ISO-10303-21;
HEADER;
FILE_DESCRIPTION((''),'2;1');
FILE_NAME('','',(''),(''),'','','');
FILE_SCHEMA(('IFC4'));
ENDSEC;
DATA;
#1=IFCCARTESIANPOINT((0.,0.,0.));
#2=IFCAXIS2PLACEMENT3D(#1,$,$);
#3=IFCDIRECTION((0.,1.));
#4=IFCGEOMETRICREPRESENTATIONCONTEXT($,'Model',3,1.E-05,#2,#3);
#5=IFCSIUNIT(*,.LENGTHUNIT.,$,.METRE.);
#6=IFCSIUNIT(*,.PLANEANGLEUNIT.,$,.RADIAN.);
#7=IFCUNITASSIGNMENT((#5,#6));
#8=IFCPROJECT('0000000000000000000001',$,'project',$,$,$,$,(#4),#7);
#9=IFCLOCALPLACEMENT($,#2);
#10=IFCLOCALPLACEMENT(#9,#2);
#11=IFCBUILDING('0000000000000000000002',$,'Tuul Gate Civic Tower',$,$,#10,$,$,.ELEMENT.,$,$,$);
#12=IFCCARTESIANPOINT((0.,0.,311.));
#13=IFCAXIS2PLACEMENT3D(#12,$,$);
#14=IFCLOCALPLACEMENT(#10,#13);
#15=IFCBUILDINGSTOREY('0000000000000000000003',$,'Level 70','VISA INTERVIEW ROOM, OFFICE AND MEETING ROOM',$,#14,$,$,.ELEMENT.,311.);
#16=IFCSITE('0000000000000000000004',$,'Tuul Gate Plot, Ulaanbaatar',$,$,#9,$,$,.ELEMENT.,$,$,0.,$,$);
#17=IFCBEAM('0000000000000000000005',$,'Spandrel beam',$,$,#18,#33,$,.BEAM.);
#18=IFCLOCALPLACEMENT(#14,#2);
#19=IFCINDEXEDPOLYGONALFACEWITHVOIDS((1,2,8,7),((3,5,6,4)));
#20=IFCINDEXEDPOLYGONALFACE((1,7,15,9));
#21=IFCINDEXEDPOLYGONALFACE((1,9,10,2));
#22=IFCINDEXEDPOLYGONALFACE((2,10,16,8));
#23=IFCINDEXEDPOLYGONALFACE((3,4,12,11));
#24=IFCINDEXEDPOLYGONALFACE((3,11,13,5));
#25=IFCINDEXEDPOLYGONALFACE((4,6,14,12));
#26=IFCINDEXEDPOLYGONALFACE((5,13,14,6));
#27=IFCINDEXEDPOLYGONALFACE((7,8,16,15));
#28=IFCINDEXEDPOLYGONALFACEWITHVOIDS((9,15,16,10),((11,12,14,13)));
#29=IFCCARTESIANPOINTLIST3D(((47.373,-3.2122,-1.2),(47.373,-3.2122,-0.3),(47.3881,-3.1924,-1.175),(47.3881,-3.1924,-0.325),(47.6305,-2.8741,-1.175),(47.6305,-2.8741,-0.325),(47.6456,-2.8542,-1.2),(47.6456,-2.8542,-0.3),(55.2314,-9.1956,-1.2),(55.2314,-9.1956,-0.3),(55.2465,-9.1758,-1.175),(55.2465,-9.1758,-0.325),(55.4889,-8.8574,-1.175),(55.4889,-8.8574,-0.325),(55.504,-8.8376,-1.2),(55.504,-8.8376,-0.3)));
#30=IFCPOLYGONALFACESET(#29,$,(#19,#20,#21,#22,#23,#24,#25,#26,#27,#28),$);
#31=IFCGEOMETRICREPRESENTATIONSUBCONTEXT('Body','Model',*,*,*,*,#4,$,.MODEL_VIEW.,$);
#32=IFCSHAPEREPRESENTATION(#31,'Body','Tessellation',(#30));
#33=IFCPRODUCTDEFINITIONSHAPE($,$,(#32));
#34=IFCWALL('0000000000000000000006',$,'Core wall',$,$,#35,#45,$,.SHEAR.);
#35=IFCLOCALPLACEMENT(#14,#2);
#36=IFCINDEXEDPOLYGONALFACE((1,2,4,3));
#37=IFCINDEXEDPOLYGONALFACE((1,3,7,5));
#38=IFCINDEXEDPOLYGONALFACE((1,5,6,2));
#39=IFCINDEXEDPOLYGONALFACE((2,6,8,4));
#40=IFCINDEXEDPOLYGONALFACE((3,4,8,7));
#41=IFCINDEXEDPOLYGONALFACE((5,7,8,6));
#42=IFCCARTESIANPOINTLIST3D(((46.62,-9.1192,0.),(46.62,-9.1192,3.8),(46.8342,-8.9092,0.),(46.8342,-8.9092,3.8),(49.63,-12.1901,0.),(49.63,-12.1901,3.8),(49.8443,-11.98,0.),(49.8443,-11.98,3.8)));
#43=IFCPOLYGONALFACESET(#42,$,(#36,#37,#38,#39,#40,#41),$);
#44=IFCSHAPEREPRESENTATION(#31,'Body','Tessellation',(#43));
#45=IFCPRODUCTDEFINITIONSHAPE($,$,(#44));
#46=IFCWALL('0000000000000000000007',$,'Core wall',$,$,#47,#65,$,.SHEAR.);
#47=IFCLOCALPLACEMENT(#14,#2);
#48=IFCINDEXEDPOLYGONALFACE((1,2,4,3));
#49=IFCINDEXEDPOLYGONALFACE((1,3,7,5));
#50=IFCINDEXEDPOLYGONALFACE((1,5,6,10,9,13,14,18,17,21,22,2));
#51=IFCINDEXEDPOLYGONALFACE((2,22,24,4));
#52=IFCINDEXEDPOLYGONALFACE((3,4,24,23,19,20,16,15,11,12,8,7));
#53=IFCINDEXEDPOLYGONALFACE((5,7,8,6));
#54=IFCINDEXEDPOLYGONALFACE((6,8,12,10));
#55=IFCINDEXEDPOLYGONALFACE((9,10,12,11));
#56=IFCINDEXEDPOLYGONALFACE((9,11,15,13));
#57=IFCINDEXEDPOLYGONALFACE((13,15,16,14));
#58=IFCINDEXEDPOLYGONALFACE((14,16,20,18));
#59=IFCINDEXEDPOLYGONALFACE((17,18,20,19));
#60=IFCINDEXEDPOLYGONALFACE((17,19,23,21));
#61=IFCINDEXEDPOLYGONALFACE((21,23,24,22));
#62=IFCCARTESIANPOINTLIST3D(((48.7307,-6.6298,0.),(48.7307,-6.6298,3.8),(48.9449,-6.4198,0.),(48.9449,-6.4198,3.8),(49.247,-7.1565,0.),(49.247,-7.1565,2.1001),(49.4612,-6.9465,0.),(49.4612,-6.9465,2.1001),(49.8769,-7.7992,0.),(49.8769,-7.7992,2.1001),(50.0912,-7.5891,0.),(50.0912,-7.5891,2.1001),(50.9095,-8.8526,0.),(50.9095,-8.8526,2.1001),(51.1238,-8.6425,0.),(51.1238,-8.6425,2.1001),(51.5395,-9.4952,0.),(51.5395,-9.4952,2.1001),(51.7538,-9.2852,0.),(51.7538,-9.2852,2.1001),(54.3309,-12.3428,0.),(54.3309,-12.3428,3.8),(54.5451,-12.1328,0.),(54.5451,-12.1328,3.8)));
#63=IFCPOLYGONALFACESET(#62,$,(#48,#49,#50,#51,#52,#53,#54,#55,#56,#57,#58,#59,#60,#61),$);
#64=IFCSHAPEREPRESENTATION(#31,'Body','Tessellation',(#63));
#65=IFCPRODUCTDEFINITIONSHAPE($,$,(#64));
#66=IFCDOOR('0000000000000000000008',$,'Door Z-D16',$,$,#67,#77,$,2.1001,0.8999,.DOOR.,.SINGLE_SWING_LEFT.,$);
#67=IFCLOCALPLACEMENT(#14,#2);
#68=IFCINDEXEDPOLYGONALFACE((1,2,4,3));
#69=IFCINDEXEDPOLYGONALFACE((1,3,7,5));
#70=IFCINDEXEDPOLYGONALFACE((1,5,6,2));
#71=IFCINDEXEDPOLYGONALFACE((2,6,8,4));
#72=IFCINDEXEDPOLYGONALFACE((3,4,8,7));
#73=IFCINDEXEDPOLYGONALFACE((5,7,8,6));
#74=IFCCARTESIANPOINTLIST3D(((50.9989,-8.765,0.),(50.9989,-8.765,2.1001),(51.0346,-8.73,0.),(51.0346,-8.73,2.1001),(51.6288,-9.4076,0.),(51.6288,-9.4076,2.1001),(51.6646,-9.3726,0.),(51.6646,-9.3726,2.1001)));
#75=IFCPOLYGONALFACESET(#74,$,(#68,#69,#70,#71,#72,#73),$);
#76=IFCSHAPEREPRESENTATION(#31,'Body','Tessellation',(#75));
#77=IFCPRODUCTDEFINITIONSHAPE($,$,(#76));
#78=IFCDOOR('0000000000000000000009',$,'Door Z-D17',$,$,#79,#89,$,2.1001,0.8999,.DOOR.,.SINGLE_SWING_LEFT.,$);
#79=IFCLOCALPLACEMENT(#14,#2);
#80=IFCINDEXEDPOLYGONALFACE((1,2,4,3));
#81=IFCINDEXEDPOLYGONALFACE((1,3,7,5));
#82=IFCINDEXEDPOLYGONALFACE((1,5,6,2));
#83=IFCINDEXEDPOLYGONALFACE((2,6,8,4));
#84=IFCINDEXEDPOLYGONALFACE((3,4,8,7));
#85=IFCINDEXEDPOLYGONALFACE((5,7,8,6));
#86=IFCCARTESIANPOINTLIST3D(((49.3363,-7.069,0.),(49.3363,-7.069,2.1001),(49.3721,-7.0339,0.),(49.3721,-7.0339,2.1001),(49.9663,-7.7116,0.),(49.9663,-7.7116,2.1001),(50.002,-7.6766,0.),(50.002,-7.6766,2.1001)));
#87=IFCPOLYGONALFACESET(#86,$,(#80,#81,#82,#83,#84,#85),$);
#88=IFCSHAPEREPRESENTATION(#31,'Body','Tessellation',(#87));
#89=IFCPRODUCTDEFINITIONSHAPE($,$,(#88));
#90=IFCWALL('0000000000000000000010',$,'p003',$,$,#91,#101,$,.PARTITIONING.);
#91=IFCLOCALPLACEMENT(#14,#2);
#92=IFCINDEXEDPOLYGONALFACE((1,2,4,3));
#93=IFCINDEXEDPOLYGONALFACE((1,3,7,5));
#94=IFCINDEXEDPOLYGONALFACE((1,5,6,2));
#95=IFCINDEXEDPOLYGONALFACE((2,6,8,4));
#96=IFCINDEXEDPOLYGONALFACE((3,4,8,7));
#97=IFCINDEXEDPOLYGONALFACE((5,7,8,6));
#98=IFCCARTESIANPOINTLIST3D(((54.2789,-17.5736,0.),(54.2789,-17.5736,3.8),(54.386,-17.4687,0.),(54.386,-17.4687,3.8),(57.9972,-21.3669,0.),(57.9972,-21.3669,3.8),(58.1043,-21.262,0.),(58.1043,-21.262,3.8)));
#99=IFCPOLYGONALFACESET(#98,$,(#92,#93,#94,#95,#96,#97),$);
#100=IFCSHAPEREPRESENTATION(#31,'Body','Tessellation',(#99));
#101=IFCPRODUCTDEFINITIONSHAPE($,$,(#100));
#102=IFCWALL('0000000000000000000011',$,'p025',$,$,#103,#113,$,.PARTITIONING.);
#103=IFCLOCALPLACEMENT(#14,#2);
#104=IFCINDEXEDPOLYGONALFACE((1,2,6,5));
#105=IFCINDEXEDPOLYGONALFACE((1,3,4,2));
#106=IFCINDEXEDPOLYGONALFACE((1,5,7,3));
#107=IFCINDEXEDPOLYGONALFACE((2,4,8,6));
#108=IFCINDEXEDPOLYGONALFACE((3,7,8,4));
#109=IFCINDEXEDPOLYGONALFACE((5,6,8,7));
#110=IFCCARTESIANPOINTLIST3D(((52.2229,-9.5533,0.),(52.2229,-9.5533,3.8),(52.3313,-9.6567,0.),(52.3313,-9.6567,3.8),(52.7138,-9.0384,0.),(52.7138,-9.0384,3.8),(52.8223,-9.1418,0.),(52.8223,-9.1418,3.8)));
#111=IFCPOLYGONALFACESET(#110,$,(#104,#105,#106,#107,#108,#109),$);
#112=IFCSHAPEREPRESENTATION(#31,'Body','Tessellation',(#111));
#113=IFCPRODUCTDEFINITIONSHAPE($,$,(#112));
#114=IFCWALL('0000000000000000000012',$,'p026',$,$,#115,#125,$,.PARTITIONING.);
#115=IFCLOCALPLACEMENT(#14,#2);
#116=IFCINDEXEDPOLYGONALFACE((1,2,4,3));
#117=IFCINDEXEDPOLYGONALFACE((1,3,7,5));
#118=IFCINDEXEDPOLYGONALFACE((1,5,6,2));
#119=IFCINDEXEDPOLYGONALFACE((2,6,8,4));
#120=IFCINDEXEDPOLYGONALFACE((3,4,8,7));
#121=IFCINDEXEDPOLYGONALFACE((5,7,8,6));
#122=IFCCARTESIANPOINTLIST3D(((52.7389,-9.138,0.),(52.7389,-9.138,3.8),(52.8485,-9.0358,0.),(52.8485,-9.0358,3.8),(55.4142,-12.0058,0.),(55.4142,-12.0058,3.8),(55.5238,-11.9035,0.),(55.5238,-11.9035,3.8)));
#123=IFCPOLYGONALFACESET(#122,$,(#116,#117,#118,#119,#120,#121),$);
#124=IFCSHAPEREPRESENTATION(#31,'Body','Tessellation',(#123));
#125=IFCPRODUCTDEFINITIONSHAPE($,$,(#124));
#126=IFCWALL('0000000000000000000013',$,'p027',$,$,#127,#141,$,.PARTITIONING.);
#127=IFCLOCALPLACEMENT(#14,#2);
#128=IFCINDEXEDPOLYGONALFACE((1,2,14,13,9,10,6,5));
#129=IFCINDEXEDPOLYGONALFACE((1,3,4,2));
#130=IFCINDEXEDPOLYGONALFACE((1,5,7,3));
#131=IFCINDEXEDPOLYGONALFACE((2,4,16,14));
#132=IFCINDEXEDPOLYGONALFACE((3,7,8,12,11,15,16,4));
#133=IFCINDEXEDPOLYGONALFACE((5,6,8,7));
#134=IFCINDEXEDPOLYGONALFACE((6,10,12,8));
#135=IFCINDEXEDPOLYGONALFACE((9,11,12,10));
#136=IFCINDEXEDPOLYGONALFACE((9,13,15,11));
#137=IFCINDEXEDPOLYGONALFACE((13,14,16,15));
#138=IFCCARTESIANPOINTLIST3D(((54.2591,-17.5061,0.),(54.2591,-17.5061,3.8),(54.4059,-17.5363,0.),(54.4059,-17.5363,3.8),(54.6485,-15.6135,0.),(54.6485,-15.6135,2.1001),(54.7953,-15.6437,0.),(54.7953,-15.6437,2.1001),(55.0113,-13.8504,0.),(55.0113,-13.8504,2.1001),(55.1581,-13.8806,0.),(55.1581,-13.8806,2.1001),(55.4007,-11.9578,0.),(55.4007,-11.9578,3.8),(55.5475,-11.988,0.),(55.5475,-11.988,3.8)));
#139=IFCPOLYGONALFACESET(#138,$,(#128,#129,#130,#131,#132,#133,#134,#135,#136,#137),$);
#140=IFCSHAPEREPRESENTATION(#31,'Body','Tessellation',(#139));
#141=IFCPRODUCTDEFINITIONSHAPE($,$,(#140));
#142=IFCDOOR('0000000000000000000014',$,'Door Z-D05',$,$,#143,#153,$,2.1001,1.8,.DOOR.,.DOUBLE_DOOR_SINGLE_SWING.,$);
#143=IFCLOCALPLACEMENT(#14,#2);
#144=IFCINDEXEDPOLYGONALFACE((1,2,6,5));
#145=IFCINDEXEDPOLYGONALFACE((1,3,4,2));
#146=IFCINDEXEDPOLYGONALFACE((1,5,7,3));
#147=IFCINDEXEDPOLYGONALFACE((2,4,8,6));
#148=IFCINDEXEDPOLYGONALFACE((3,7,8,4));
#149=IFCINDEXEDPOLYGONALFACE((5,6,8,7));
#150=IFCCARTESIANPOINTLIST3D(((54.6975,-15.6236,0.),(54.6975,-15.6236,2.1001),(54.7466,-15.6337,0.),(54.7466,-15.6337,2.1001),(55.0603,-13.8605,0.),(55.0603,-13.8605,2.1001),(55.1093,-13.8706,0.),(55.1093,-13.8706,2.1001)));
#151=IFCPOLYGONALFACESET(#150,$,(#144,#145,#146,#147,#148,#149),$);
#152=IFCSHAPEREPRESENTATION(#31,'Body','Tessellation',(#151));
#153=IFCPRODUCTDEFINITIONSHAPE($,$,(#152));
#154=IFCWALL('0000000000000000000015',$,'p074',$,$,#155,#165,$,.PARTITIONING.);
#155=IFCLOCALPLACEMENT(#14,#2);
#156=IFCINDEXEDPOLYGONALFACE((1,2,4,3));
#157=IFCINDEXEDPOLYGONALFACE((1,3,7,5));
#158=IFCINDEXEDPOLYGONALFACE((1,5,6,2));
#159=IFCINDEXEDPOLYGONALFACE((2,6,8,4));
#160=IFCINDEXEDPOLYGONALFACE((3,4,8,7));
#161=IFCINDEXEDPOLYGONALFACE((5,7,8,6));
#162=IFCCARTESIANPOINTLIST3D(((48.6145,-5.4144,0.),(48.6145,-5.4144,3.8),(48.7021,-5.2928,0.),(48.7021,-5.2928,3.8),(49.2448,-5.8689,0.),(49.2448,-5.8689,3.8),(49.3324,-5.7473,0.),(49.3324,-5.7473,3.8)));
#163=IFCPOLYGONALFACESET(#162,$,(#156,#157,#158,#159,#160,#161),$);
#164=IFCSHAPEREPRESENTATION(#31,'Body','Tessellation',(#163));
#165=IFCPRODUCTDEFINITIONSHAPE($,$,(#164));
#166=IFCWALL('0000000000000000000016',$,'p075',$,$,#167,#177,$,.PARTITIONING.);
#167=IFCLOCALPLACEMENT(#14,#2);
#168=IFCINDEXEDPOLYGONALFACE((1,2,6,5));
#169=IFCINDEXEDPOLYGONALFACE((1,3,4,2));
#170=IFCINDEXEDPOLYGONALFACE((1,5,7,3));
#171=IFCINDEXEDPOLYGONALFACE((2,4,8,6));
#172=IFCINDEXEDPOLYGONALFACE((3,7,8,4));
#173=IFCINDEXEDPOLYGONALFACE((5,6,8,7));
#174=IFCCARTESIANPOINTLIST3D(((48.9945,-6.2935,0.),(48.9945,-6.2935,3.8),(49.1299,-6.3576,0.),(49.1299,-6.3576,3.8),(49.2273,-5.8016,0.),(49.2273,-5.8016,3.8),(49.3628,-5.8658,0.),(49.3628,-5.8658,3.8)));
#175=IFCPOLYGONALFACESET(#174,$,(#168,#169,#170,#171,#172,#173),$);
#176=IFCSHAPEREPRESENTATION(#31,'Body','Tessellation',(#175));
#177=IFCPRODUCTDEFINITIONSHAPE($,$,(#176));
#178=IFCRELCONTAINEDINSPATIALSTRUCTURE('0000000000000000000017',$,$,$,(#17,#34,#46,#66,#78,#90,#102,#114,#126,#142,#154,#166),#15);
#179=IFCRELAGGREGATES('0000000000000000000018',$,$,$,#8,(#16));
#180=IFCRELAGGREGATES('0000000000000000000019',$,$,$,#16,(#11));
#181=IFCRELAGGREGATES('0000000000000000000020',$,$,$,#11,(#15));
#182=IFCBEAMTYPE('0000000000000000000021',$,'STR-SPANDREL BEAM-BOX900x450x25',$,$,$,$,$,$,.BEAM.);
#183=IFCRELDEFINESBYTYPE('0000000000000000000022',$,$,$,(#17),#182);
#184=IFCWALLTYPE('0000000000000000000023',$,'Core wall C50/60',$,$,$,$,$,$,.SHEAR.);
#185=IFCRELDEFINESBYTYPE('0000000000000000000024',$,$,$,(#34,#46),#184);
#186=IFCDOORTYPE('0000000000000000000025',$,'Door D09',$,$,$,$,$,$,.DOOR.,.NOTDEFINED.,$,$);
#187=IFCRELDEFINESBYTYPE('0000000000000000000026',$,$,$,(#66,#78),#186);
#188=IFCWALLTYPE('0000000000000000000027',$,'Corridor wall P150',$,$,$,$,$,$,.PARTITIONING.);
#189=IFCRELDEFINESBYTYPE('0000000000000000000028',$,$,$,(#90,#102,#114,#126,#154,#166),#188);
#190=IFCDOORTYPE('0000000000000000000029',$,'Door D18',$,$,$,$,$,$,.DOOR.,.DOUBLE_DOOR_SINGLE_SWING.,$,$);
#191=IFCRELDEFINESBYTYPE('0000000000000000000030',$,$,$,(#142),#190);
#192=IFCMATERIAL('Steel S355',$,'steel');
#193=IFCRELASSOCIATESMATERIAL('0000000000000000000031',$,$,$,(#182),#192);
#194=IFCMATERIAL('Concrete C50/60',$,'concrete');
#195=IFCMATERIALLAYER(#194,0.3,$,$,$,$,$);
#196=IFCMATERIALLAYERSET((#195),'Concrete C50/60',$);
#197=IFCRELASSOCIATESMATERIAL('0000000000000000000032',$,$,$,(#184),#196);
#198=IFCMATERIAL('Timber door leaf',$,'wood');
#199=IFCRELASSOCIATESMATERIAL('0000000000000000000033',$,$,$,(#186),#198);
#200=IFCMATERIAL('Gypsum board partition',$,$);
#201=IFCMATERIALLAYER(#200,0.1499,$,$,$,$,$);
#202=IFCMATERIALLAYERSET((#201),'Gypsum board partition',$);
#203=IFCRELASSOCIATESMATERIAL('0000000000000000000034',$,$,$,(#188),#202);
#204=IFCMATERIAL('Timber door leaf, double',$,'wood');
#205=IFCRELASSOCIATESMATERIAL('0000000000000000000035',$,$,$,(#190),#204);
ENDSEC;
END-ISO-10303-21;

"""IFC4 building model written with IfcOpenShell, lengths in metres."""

from ifc_helpers import new_model, si_unit, direction, frame, frame_2d, origin, origin_2d, place, context, subcontext, project, spatial, rectangle, hollow_rectangle, extrude, material, layer, layer_set, material_profile, profile_set, type_object, element, fill, save


model = new_model("IFC4")

# Units and contexts
model_context = context("Model", 3, precision=1e-05, world=origin(), true_north=direction((0.0, 1.0)))
body_context = subcontext(model_context, "Body", "Model", "MODEL_VIEW")
ifc_project = project(units=[si_unit("LENGTHUNIT", "METRE"), si_unit("PLANEANGLEUNIT", "RADIAN")], contexts=[model_context])

# Site, building, storey
site_placement = place(None, origin())
site = spatial("IfcSite", under=ifc_project, at=site_placement, Name="Tuul Gate Plot, Ulaanbaatar", CompositionType="ELEMENT", RefElevation=0.0)
building_placement = place(site_placement, origin())
building = spatial("IfcBuilding", under=site, at=building_placement, Name="Tuul Gate Civic Tower", CompositionType="ELEMENT")
storey_placement = place(building_placement, frame((0.0, 0.0, 311.0)))
storey = spatial("IfcBuildingStorey", under=building, at=storey_placement, Name="Level 70", Description="VISA INTERVIEW ROOM, OFFICE AND MEETING ROOM", CompositionType="ELEMENT", Elevation=311.0)

# Beam
ifc_material_1 = material(Name="Steel S355", Category="steel")
ifc_material_profile_1 = material_profile(ifc_material_1, hollow_rectangle(XDim=0.45, YDim=0.8999, WallThickness=0.0249, at=origin_2d()), Name="BOX900x450x25")
ifc_profile_set_1 = profile_set([ifc_material_profile_1], Name="Steel S355")
beam_type = type_object("IfcBeamType", Name="STR-SPANDREL BEAM-BOX900x450x25", PredefinedType="BEAM", material=ifc_profile_set_1)
beam_placement = place(storey_placement, frame((55.3677, -9.0166, -0.75), z_axis=(-0.795625, 0.60579, 0.0), x_axis=(-0.60579, -0.795625, 0.0)))
element("IfcBeam", 1, at=beam_placement, inside=storey, type_object=beam_type, Name="Spandrel beam", PredefinedType="BEAM", context=body_context, shape_type="SweptSolid", body=[
    extrude(hollow_rectangle(XDim=0.45, YDim=0.8999, WallThickness=0.0249, at=origin_2d()), origin(), (0.0, 0.0, 1.0), 9.877),
])

# Wall
ifc_material_2 = material(Name="Concrete C50/60", Category="concrete")
ifc_layer_1 = layer(ifc_material_2, 0.3)
ifc_layer_set_1 = layer_set([ifc_layer_1], Name="Concrete C50/60")
wall_type_1 = type_object("IfcWallType", Name="Core wall C50/60", PredefinedType="SHEAR", material=ifc_layer_set_1)
wall_1_placement = place(storey_placement, frame((49.7371, -12.085, 0.0), z_axis=(0.0, 0.0, 1.0), x_axis=(-0.700003, 0.71414, 0.0)))
element("IfcWall", 2, at=wall_1_placement, inside=storey, type_object=wall_type_1, Name="Core wall", PredefinedType="SHEAR", context=body_context, shape_type="SweptSolid", body=[
    extrude(rectangle(XDim=4.3, YDim=0.3, at=frame_2d((2.1499, 0.0))), origin(), (0.0, 0.0, 1.0), 3.8),
])

# Wall, openings, doors
wall_2_placement = place(storey_placement, frame((54.438, -12.2378, 0.0), z_axis=(0.0, 0.0, 1.0), x_axis=(-0.700022, 0.714121, 0.0)))
wall_2 = element("IfcWall", 3, at=wall_2_placement, inside=storey, type_object=wall_type_1, Name="Core wall", PredefinedType="SHEAR", context=body_context, shape_type="SweptSolid", body=[
    extrude(rectangle(XDim=8.0, YDim=0.3, at=frame_2d((4.0, 0.0))), origin(), (0.0, 0.0, 1.0), 3.8),
])
opening_1_placement = place(wall_2_placement, frame((3.9875, 0.0, 0.0)))
opening_1 = element("IfcOpeningElement", 4, at=opening_1_placement, cuts=wall_2, PredefinedType="OPENING", context=body_context, shape_type="SweptSolid", body=[
    extrude(rectangle(XDim=0.8999, YDim=2.1001, at=frame_2d((0.45, 1.05))), frame((0.0, 0.1602, 0.0), z_axis=(0.0, -1.0, 0.0), x_axis=(1.0, 0.0, 0.0)), (0.0, 0.0, 1.0), 0.3201),
])
opening_2_placement = place(wall_2_placement, frame((6.3625, 0.0, 0.0)))
opening_2 = element("IfcOpeningElement", 5, at=opening_2_placement, cuts=wall_2, PredefinedType="OPENING", context=body_context, shape_type="SweptSolid", body=[
    extrude(rectangle(XDim=0.8999, YDim=2.1001, at=frame_2d((0.45, 1.05))), frame((0.0, 0.1602, 0.0), z_axis=(0.0, -1.0, 0.0), x_axis=(1.0, 0.0, 0.0)), (0.0, 0.0, 1.0), 0.3201),
])
ifc_material_3 = material(Name="Timber door leaf", Category="wood")
door_type_1 = type_object("IfcDoorType", Name="Door D09", OperationType="NOTDEFINED", PredefinedType="DOOR", material=ifc_material_3)
door_1_placement = place(opening_1_placement, origin())
door_1 = element("IfcDoor", 6, at=door_1_placement, inside=storey, type_object=door_type_1, Name="Door Z-D16", OperationType="SINGLE_SWING_LEFT", OverallHeight=2.1001, OverallWidth=0.8999, PredefinedType="DOOR", context=body_context, shape_type="SweptSolid", body=[
    extrude(rectangle(XDim=0.8999, YDim=2.1001, at=frame_2d((0.45, 1.05))), frame((0.0, 0.0249, 0.0), z_axis=(0.0, -1.0, 0.0), x_axis=(1.0, 0.0, 0.0)), (0.0, 0.0, 1.0), 0.05),
])
fill(opening_1, door_1)
door_2_placement = place(opening_2_placement, origin())
door_2 = element("IfcDoor", 7, at=door_2_placement, inside=storey, type_object=door_type_1, Name="Door Z-D17", OperationType="SINGLE_SWING_LEFT", OverallHeight=2.1001, OverallWidth=0.8999, PredefinedType="DOOR", context=body_context, shape_type="SweptSolid", body=[
    extrude(rectangle(XDim=0.8999, YDim=2.1001, at=frame_2d((0.45, 1.05))), frame((0.0, 0.0249, 0.0), z_axis=(0.0, -1.0, 0.0), x_axis=(1.0, 0.0, 0.0)), (0.0, 0.0, 1.0), 0.05),
])
fill(opening_2, door_2)

# Walls
ifc_material_4 = material(Name="Gypsum board partition")
ifc_layer_2 = layer(ifc_material_4, 0.1499)
ifc_layer_set_2 = layer_set([ifc_layer_2], Name="Gypsum board partition")
wall_type_2 = type_object("IfcWallType", Name="Corridor wall P150", PredefinedType="PARTITIONING", material=ifc_layer_set_2)
wall_3_placement = place(storey_placement, frame((54.3325, -17.5212, 0.0), z_axis=(0.0, 0.0, 1.0), x_axis=(0.700016, -0.714127, 0.0)))
element("IfcWall", 8, at=wall_3_placement, inside=storey, type_object=wall_type_2, Name="p003", PredefinedType="PARTITIONING", context=body_context, shape_type="SweptSolid", body=[
    extrude(rectangle(XDim=5.3118, YDim=0.1499, at=frame_2d((2.6558, 0.0))), origin(), (0.0, 0.0, 1.0), 3.8),
])
wall_4_placement = place(storey_placement, frame((52.2771, -9.605, 0.0), z_axis=(0.0, 0.0, 1.0), x_axis=(0.690092, 0.723722, 0.0)))
element("IfcWall", 9, at=wall_4_placement, inside=storey, type_object=wall_type_2, Name="p025", PredefinedType="PARTITIONING", context=body_context, shape_type="SweptSolid", body=[
    extrude(rectangle(XDim=0.7114, YDim=0.1499, at=frame_2d((0.3557, 0.0))), origin(), (0.0, 0.0, 1.0), 3.8),
])
wall_5_placement = place(storey_placement, frame((52.7937, -9.0869, 0.0), z_axis=(0.0, 0.0, 1.0), x_axis=(0.682154, -0.731208, 0.0)))
element("IfcWall", 10, at=wall_5_placement, inside=storey, type_object=wall_type_2, Name="p026", PredefinedType="PARTITIONING", context=body_context, shape_type="SweptSolid", body=[
    extrude(rectangle(XDim=3.9219, YDim=0.1499, at=frame_2d((1.9609, 0.0))), origin(), (0.0, 0.0, 1.0), 3.8),
])

# Wall, opening, door
wall_6_placement = place(storey_placement, frame((54.3325, -17.5212, 0.0), z_axis=(0.0, 0.0, 1.0), x_axis=(0.201534, 0.979482, 0.0)))
wall_6 = element("IfcWall", 11, at=wall_6_placement, inside=storey, type_object=wall_type_2, Name="p027", PredefinedType="PARTITIONING", context=body_context, shape_type="SweptSolid", body=[
    extrude(rectangle(XDim=5.6646, YDim=0.1499, at=frame_2d((2.8323, 0.0))), origin(), (0.0, 0.0, 1.0), 3.8),
])
opening_3_placement = place(wall_6_placement, frame((1.9324, 0.0, 0.0)))
opening_3 = element("IfcOpeningElement", 12, at=opening_3_placement, cuts=wall_6, PredefinedType="OPENING", context=body_context, shape_type="SweptSolid", body=[
    extrude(rectangle(XDim=1.8, YDim=2.1001, at=frame_2d((0.8999, 1.05))), frame((0.0, 0.085, 0.0), z_axis=(0.0, -1.0, 0.0), x_axis=(1.0, 0.0, 0.0)), (0.0, 0.0, 1.0), 0.1699),
])
ifc_material_5 = material(Name="Timber door leaf, double", Category="wood")
door_type_2 = type_object("IfcDoorType", Name="Door D18", OperationType="DOUBLE_DOOR_SINGLE_SWING", PredefinedType="DOOR", material=ifc_material_5)
door_3_placement = place(opening_3_placement, origin())
door_3 = element("IfcDoor", 13, at=door_3_placement, inside=storey, type_object=door_type_2, Name="Door Z-D05", OperationType="DOUBLE_DOOR_SINGLE_SWING", OverallHeight=2.1001, OverallWidth=1.8, PredefinedType="DOOR", context=body_context, shape_type="SweptSolid", body=[
    extrude(rectangle(XDim=1.8, YDim=2.1001, at=frame_2d((0.8999, 1.05))), frame((0.0, 0.0249, 0.0), z_axis=(0.0, -1.0, 0.0), x_axis=(1.0, 0.0, 0.0)), (0.0, 0.0, 1.0), 0.05),
])
fill(opening_3, door_3)

# Walls
wall_7_placement = place(storey_placement, frame((48.6582, -5.3535, 0.0), z_axis=(0.0, 0.0, 1.0), x_axis=(0.811093, -0.584917, 0.0)))
element("IfcWall", 14, at=wall_7_placement, inside=storey, type_object=wall_type_2, Name="p074", PredefinedType="PARTITIONING", context=body_context, shape_type="SweptSolid", body=[
    extrude(rectangle(XDim=0.7771, YDim=0.1499, at=frame_2d((0.3887, 0.0))), origin(), (0.0, 0.0, 1.0), 3.8),
])
wall_8_placement = place(storey_placement, frame((49.0623, -6.3254, 0.0), z_axis=(0.0, 0.0, 1.0), x_axis=(0.427913, 0.90382, 0.0)))
element("IfcWall", 15, at=wall_8_placement, inside=storey, type_object=wall_type_2, Name="p075", PredefinedType="PARTITIONING", context=body_context, shape_type="SweptSolid", body=[
    extrude(rectangle(XDim=0.5442, YDim=0.1499, at=frame_2d((0.272, 0.0))), origin(), (0.0, 0.0, 1.0), 3.8),
])

save(model, "model.ifc")
